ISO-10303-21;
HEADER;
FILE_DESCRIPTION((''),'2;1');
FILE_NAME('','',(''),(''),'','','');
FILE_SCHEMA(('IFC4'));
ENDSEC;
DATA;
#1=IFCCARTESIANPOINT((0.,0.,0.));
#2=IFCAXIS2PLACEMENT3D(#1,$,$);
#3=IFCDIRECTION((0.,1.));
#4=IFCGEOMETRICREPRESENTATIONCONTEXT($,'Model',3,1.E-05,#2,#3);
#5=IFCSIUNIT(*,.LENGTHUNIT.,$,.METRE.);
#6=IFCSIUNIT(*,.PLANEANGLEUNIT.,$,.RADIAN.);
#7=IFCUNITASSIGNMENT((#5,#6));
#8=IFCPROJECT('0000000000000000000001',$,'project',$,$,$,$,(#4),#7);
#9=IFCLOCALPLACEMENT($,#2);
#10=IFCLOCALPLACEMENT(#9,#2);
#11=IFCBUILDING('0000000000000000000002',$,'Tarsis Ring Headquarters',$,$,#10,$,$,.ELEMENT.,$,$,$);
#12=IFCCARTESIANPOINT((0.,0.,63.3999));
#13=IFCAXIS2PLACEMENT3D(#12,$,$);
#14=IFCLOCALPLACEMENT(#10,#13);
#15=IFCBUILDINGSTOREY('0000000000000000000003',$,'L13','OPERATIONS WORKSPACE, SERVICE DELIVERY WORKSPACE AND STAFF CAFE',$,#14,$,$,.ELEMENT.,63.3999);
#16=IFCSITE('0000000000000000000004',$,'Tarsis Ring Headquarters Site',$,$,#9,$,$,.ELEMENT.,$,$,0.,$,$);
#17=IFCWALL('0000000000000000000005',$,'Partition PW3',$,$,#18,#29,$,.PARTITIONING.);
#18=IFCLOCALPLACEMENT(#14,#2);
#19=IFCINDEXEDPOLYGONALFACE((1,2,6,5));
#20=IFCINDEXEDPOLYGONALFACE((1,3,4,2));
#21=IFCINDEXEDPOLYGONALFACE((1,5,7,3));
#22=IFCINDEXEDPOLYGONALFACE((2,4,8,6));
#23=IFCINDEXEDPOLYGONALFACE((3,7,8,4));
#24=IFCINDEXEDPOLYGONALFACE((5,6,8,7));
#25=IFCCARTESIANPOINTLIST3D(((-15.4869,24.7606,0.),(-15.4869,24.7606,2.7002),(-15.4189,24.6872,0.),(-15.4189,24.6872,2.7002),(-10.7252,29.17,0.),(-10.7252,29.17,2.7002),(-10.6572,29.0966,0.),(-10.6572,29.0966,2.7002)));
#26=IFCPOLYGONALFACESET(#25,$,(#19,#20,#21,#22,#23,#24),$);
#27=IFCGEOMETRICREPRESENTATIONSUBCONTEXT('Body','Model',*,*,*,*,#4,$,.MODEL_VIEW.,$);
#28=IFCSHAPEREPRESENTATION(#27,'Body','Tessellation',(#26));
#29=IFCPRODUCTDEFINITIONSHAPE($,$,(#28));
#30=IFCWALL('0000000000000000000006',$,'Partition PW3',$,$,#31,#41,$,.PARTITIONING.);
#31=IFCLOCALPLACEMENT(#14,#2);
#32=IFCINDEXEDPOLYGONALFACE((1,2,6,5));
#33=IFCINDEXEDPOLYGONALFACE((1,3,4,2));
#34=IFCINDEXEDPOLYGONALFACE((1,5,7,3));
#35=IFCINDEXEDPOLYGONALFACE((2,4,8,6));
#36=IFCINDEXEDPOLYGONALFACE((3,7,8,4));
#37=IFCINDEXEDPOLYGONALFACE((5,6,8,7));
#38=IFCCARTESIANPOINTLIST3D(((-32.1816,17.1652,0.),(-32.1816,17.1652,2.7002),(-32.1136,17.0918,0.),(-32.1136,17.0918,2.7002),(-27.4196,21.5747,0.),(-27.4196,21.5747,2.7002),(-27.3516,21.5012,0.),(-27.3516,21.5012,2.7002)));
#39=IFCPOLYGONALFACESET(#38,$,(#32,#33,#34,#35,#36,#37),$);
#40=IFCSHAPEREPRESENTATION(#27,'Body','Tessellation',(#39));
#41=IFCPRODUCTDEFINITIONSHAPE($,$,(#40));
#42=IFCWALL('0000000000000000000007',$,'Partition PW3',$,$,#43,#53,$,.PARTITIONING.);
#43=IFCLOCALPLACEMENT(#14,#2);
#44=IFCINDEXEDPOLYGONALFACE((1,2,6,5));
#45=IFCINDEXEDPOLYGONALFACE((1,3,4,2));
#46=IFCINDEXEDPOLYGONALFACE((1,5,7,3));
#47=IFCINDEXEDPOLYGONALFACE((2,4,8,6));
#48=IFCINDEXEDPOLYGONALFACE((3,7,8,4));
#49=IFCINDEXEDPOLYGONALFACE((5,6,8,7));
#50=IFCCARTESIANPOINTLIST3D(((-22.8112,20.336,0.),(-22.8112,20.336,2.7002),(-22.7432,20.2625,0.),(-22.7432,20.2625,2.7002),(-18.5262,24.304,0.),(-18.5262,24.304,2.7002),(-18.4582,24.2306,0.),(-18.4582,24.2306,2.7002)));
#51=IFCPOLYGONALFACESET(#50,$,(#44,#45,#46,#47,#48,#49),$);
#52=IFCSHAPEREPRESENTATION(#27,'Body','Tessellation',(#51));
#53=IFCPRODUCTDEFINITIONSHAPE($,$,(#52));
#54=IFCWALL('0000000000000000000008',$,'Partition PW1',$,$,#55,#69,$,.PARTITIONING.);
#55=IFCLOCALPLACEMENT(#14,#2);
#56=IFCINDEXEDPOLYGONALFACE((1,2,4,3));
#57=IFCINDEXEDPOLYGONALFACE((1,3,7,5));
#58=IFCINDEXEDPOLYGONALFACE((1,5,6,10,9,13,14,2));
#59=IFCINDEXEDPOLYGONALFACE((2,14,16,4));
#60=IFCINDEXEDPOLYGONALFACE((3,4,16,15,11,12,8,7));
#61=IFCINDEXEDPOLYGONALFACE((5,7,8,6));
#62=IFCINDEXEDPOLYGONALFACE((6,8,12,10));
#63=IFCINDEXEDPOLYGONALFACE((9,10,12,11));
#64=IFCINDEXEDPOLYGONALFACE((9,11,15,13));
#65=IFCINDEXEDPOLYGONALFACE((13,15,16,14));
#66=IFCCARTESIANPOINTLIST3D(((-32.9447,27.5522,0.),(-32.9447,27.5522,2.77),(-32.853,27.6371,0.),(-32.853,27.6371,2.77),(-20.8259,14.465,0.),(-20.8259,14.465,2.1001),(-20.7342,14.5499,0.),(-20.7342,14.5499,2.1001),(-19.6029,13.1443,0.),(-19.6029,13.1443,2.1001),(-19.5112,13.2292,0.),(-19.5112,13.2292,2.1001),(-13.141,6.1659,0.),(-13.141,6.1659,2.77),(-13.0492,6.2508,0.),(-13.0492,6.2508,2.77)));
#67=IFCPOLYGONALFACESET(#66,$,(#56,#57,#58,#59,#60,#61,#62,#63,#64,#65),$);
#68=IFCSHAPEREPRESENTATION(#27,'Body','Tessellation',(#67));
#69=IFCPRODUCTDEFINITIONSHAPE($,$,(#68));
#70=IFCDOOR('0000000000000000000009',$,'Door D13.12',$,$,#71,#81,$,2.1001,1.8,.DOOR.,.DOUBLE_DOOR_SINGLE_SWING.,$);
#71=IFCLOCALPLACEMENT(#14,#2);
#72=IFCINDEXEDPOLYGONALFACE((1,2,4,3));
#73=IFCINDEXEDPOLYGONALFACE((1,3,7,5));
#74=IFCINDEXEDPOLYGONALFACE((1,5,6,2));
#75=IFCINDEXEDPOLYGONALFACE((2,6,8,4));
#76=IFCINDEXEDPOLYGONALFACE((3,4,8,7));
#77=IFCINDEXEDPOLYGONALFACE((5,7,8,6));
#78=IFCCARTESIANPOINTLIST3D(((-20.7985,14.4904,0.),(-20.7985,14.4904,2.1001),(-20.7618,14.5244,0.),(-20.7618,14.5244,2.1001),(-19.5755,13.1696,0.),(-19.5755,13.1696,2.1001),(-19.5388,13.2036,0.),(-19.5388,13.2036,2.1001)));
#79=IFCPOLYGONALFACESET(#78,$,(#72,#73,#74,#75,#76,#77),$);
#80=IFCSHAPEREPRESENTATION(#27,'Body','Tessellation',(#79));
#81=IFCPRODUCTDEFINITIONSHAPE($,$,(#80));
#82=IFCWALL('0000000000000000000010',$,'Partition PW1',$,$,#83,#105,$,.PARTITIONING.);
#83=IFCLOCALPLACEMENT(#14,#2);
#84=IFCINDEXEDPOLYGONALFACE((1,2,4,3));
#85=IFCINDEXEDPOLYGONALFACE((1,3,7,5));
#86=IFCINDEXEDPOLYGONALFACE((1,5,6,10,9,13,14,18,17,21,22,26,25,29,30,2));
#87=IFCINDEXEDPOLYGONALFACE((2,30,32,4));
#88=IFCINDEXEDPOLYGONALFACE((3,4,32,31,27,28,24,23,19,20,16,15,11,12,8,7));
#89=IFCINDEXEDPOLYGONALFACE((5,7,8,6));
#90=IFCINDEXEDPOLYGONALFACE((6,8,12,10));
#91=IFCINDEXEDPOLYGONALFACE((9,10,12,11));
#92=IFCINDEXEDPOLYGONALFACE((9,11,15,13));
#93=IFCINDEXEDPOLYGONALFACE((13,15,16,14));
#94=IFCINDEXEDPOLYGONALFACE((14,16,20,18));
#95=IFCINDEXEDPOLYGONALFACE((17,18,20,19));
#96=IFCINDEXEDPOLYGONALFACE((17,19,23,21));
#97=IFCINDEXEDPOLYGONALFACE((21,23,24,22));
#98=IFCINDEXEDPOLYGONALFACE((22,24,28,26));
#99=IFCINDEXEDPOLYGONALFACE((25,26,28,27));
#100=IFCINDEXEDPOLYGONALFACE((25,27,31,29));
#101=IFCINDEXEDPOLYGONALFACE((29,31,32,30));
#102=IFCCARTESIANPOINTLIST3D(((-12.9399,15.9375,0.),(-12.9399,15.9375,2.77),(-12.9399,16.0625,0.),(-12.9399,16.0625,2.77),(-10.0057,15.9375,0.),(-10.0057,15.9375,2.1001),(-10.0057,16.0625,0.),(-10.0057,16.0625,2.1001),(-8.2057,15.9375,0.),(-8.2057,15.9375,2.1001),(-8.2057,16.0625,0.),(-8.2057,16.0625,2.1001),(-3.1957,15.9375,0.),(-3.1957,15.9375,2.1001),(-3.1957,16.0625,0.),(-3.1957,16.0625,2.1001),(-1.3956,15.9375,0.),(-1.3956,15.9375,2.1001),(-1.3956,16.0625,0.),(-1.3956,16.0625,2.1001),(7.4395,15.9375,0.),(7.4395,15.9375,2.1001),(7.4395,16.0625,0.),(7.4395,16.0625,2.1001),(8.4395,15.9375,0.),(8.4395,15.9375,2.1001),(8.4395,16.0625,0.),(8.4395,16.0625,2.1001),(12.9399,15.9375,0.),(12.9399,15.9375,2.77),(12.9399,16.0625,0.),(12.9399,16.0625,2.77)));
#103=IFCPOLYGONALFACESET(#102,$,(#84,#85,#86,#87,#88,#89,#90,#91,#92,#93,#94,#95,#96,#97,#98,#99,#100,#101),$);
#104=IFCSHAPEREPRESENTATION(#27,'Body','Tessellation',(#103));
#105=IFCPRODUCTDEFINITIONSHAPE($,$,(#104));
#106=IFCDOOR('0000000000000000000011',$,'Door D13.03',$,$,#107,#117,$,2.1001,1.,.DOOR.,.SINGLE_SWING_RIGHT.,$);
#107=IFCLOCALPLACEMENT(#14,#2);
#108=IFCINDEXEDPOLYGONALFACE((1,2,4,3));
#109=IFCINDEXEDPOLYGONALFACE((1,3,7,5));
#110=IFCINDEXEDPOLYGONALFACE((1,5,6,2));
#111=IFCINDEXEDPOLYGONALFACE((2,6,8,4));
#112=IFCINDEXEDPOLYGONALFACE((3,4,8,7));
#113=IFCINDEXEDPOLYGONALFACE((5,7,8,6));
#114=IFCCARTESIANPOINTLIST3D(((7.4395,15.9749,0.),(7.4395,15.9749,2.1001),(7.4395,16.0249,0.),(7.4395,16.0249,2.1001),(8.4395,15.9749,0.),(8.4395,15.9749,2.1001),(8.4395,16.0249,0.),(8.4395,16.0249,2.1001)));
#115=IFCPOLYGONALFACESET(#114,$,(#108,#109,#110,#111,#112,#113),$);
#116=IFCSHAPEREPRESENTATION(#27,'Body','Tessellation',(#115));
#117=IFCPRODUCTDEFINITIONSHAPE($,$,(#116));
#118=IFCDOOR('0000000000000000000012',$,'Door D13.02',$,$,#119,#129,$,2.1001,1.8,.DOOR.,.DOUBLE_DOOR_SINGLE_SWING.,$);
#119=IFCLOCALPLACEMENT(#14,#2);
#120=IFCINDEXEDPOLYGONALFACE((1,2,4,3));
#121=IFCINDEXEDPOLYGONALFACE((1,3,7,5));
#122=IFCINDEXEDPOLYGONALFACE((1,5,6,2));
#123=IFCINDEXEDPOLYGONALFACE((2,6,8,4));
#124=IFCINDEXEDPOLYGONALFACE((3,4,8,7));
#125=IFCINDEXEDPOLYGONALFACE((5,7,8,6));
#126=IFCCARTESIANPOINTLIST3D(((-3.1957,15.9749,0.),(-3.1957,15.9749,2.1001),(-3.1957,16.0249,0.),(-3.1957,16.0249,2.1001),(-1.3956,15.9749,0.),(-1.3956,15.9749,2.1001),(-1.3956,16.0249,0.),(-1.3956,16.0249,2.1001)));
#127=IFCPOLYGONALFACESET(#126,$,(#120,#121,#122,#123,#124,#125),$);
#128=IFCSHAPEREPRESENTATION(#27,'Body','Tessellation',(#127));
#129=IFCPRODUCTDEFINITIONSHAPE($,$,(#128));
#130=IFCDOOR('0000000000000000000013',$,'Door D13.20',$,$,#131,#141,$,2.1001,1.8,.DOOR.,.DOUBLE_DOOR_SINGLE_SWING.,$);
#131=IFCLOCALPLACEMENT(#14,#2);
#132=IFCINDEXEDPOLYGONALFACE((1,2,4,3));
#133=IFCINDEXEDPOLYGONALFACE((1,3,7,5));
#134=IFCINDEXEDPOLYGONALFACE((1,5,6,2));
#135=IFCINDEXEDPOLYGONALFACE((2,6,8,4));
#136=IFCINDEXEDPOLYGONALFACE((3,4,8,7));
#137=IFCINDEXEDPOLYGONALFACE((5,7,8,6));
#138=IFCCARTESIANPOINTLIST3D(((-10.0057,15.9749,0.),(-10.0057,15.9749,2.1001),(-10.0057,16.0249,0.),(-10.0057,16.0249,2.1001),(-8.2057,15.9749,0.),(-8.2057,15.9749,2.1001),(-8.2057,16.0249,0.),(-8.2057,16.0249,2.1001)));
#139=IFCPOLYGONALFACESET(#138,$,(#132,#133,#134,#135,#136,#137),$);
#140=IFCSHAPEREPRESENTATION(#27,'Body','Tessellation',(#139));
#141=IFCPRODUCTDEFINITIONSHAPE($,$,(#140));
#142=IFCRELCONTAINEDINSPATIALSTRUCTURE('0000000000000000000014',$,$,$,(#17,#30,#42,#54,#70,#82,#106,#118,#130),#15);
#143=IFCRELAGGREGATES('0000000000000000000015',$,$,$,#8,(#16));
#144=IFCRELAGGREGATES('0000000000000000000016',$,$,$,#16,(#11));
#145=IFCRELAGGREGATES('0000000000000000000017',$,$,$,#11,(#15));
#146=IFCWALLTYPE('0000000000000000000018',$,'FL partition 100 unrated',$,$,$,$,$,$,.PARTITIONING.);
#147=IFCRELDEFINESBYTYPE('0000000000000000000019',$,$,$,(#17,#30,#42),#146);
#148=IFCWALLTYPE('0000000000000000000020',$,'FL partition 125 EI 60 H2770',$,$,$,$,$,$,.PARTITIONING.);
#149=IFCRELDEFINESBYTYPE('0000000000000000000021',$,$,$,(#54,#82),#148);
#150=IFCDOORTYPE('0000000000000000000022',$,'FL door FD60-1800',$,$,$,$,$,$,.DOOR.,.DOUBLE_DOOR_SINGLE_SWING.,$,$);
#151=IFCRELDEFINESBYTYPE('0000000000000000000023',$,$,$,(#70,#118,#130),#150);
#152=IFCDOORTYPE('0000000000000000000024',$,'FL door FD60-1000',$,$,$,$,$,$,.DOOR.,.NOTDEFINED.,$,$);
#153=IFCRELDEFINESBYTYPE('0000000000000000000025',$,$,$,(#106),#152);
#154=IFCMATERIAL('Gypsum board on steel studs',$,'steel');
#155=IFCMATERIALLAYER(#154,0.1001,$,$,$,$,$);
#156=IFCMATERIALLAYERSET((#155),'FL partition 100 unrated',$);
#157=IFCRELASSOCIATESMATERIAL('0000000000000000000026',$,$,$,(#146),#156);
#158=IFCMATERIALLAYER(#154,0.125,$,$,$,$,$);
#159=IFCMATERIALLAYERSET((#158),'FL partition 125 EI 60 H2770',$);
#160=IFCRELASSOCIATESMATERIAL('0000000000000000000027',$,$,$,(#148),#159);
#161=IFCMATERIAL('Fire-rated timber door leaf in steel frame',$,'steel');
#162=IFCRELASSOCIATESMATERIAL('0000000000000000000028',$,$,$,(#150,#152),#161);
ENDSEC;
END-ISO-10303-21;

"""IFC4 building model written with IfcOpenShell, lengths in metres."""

from ifc_helpers import new_model, si_unit, direction, frame, frame_2d, origin, place, context, subcontext, project, spatial, rectangle, extrude, material, layer, layer_set, type_object, element, fill, save


model = new_model("IFC4")

# Units and contexts
model_context = context("Model", 3, precision=1e-05, world=origin(), true_north=direction((0.0, 1.0)))
body_context = subcontext(model_context, "Body", "Model", "MODEL_VIEW")
ifc_project = project(units=[si_unit("LENGTHUNIT", "METRE"), si_unit("PLANEANGLEUNIT", "RADIAN")], contexts=[model_context])

# Site, building, storey
site_placement = place(None, origin())
site = spatial("IfcSite", under=ifc_project, at=site_placement, Name="Tarsis Ring Headquarters Site", CompositionType="ELEMENT", RefElevation=0.0)
building_placement = place(site_placement, origin())
building = spatial("IfcBuilding", under=site, at=building_placement, Name="Tarsis Ring Headquarters", CompositionType="ELEMENT")
storey_placement = place(building_placement, frame((0.0, 0.0, 63.3999)))
storey = spatial("IfcBuildingStorey", under=building, at=storey_placement, Name="L13", Description="OPERATIONS WORKSPACE, SERVICE DELIVERY WORKSPACE AND STAFF CAFE", CompositionType="ELEMENT", Elevation=63.3999)

# Walls
ifc_material_1 = material(Name="Gypsum board on steel studs", Category="steel")
ifc_layer_1 = layer(ifc_material_1, 0.1001)
ifc_layer_set_1 = layer_set([ifc_layer_1], Name="FL partition 100 unrated")
wall_type_1 = type_object("IfcWallType", Name="FL partition 100 unrated", PredefinedType="PARTITIONING", material=ifc_layer_set_1)
wall_1_placement = place(storey_placement, frame((-15.4529, 24.7239, 0.0), z_axis=(0.0, 0.0, 1.0), x_axis=(0.733728, 0.679443, 0.0)))
element("IfcWall", 1, at=wall_1_placement, inside=storey, type_object=wall_type_1, Name="Partition PW3", PredefinedType="PARTITIONING", context=body_context, shape_type="SweptSolid", body=[
    extrude(rectangle(XDim=6.4897, YDim=0.1001, at=frame_2d((3.2449, 0.0))), origin(), (0.0, 0.0, 1.0), 2.7002),
])
wall_2_placement = place(storey_placement, frame((-32.1477, 17.1284, 0.0), z_axis=(0.0, 0.0, 1.0), x_axis=(0.733745, 0.679425, 0.0)))
element("IfcWall", 2, at=wall_2_placement, inside=storey, type_object=wall_type_1, Name="Partition PW3", PredefinedType="PARTITIONING", context=body_context, shape_type="SweptSolid", body=[
    extrude(rectangle(XDim=6.49, YDim=0.1001, at=frame_2d((3.2451, 0.0))), origin(), (0.0, 0.0, 1.0), 2.7002),
])
wall_3_placement = place(storey_placement, frame((-22.7771, 20.2993, 0.0), z_axis=(0.0, 0.0, 1.0), x_axis=(0.733717, 0.679455, 0.0)))
element("IfcWall", 3, at=wall_3_placement, inside=storey, type_object=wall_type_1, Name="Partition PW3", PredefinedType="PARTITIONING", context=body_context, shape_type="SweptSolid", body=[
    extrude(rectangle(XDim=5.8401, YDim=0.1001, at=frame_2d((2.9199, 0.0))), origin(), (0.0, 0.0, 1.0), 2.7002),
])

# Wall, opening, door
ifc_layer_2 = layer(ifc_material_1, 0.125)
ifc_layer_set_2 = layer_set([ifc_layer_2], Name="FL partition 125 EI 60 H2770")
wall_type_2 = type_object("IfcWallType", Name="FL partition 125 EI 60 H2770", PredefinedType="PARTITIONING", material=ifc_layer_set_2)
wall_4_placement = place(storey_placement, frame((-32.8989, 27.5947, 0.0), z_axis=(0.0, 0.0, 1.0), x_axis=(0.679438, -0.733733, 0.0)))
wall_4 = element("IfcWall", 4, at=wall_4_placement, inside=storey, type_object=wall_type_2, Name="Partition PW1", PredefinedType="PARTITIONING", context=body_context, shape_type="SweptSolid", body=[
    extrude(rectangle(XDim=29.1472, YDim=0.125, at=frame_2d((14.5737, 0.0))), origin(), (0.0, 0.0, 1.0), 2.77),
])
opening_1_placement = place(wall_4_placement, frame((17.8367, 0.0, 0.0)))
opening_1 = element("IfcOpeningElement", 5, at=opening_1_placement, cuts=wall_4, PredefinedType="OPENING", context=body_context, shape_type="SweptSolid", body=[
    extrude(rectangle(XDim=1.8, YDim=2.1001, at=frame_2d((0.8999, 1.05))), frame((0.0, 0.0725, 0.0), z_axis=(0.0, -1.0, 0.0), x_axis=(1.0, 0.0, 0.0)), (0.0, 0.0, 1.0), 0.145),
])
ifc_material_2 = material(Name="Fire-rated timber door leaf in steel frame", Category="steel")
door_type_1 = type_object("IfcDoorType", Name="FL door FD60-1800", OperationType="DOUBLE_DOOR_SINGLE_SWING", PredefinedType="DOOR", material=ifc_material_2)
door_1_placement = place(opening_1_placement, origin())
door_1 = element("IfcDoor", 6, at=door_1_placement, inside=storey, type_object=door_type_1, Name="Door D13.12", OperationType="DOUBLE_DOOR_SINGLE_SWING", OverallHeight=2.1001, OverallWidth=1.8, PredefinedType="DOOR", context=body_context, shape_type="SweptSolid", body=[
    extrude(rectangle(XDim=1.8, YDim=2.1001, at=frame_2d((0.8999, 1.05))), frame((0.0, 0.0249, 0.0), z_axis=(0.0, -1.0, 0.0), x_axis=(1.0, 0.0, 0.0)), (0.0, 0.0, 1.0), 0.05),
])
fill(opening_1, door_1)

# Wall, openings, doors
wall_5_placement = place(storey_placement, frame((-12.9399, 16.0, 0.0), z_axis=(0.0, 0.0, 1.0), x_axis=(1.0, 0.0, 0.0)))
wall_5 = element("IfcWall", 7, at=wall_5_placement, inside=storey, type_object=wall_type_2, Name="Partition PW1", PredefinedType="PARTITIONING", context=body_context, shape_type="SweptSolid", body=[
    extrude(rectangle(XDim=25.8799, YDim=0.125, at=frame_2d((12.9399, 0.0))), origin(), (0.0, 0.0, 1.0), 2.77),
])
opening_2_placement = place(wall_5_placement, frame((9.7444, 0.0, 0.0)))
opening_2 = element("IfcOpeningElement", 8, at=opening_2_placement, cuts=wall_5, PredefinedType="OPENING", context=body_context, shape_type="SweptSolid", body=[
    extrude(rectangle(XDim=1.8, YDim=2.1001, at=frame_2d((0.8999, 1.05))), frame((0.0, 0.0725, 0.0), z_axis=(0.0, -1.0, 0.0), x_axis=(1.0, 0.0, 0.0)), (0.0, 0.0, 1.0), 0.145),
])
opening_3_placement = place(wall_5_placement, frame((20.3794, 0.0, 0.0)))
opening_3 = element("IfcOpeningElement", 9, at=opening_3_placement, cuts=wall_5, PredefinedType="OPENING", context=body_context, shape_type="SweptSolid", body=[
    extrude(rectangle(XDim=1.0, YDim=2.1001, at=frame_2d((0.5, 1.05))), frame((0.0, 0.0725, 0.0), z_axis=(0.0, -1.0, 0.0), x_axis=(1.0, 0.0, 0.0)), (0.0, 0.0, 1.0), 0.145),
])
opening_4_placement = place(wall_5_placement, frame((2.9343, 0.0, 0.0)))
opening_4 = element("IfcOpeningElement", 10, at=opening_4_placement, cuts=wall_5, PredefinedType="OPENING", context=body_context, shape_type="SweptSolid", body=[
    extrude(rectangle(XDim=1.8, YDim=2.1001, at=frame_2d((0.8999, 1.05))), frame((0.0, 0.0725, 0.0), z_axis=(0.0, -1.0, 0.0), x_axis=(1.0, 0.0, 0.0)), (0.0, 0.0, 1.0), 0.145),
])
door_type_2 = type_object("IfcDoorType", Name="FL door FD60-1000", OperationType="NOTDEFINED", PredefinedType="DOOR", material=ifc_material_2)
door_2_placement = place(opening_3_placement, origin())
door_2 = element("IfcDoor", 11, at=door_2_placement, inside=storey, type_object=door_type_2, Name="Door D13.03", OperationType="SINGLE_SWING_RIGHT", OverallHeight=2.1001, OverallWidth=1.0, PredefinedType="DOOR", context=body_context, shape_type="SweptSolid", body=[
    extrude(rectangle(XDim=1.0, YDim=2.1001, at=frame_2d((0.5, 1.05))), frame((0.0, 0.0249, 0.0), z_axis=(0.0, -1.0, 0.0), x_axis=(1.0, 0.0, 0.0)), (0.0, 0.0, 1.0), 0.05),
])
fill(opening_3, door_2)
door_3_placement = place(opening_2_placement, origin())
door_3 = element("IfcDoor", 12, at=door_3_placement, inside=storey, type_object=door_type_1, Name="Door D13.02", OperationType="DOUBLE_DOOR_SINGLE_SWING", OverallHeight=2.1001, OverallWidth=1.8, PredefinedType="DOOR", context=body_context, shape_type="SweptSolid", body=[
    extrude(rectangle(XDim=1.8, YDim=2.1001, at=frame_2d((0.8999, 1.05))), frame((0.0, 0.0249, 0.0), z_axis=(0.0, -1.0, 0.0), x_axis=(1.0, 0.0, 0.0)), (0.0, 0.0, 1.0), 0.05),
])
fill(opening_2, door_3)
door_4_placement = place(opening_4_placement, origin())
door_4 = element("IfcDoor", 13, at=door_4_placement, inside=storey, type_object=door_type_1, Name="Door D13.20", OperationType="DOUBLE_DOOR_SINGLE_SWING", OverallHeight=2.1001, OverallWidth=1.8, PredefinedType="DOOR", context=body_context, shape_type="SweptSolid", body=[
    extrude(rectangle(XDim=1.8, YDim=2.1001, at=frame_2d((0.8999, 1.05))), frame((0.0, 0.0249, 0.0), z_axis=(0.0, -1.0, 0.0), x_axis=(1.0, 0.0, 0.0)), (0.0, 0.0, 1.0), 0.05),
])
fill(opening_4, door_4)

save(model, "model.ifc")
